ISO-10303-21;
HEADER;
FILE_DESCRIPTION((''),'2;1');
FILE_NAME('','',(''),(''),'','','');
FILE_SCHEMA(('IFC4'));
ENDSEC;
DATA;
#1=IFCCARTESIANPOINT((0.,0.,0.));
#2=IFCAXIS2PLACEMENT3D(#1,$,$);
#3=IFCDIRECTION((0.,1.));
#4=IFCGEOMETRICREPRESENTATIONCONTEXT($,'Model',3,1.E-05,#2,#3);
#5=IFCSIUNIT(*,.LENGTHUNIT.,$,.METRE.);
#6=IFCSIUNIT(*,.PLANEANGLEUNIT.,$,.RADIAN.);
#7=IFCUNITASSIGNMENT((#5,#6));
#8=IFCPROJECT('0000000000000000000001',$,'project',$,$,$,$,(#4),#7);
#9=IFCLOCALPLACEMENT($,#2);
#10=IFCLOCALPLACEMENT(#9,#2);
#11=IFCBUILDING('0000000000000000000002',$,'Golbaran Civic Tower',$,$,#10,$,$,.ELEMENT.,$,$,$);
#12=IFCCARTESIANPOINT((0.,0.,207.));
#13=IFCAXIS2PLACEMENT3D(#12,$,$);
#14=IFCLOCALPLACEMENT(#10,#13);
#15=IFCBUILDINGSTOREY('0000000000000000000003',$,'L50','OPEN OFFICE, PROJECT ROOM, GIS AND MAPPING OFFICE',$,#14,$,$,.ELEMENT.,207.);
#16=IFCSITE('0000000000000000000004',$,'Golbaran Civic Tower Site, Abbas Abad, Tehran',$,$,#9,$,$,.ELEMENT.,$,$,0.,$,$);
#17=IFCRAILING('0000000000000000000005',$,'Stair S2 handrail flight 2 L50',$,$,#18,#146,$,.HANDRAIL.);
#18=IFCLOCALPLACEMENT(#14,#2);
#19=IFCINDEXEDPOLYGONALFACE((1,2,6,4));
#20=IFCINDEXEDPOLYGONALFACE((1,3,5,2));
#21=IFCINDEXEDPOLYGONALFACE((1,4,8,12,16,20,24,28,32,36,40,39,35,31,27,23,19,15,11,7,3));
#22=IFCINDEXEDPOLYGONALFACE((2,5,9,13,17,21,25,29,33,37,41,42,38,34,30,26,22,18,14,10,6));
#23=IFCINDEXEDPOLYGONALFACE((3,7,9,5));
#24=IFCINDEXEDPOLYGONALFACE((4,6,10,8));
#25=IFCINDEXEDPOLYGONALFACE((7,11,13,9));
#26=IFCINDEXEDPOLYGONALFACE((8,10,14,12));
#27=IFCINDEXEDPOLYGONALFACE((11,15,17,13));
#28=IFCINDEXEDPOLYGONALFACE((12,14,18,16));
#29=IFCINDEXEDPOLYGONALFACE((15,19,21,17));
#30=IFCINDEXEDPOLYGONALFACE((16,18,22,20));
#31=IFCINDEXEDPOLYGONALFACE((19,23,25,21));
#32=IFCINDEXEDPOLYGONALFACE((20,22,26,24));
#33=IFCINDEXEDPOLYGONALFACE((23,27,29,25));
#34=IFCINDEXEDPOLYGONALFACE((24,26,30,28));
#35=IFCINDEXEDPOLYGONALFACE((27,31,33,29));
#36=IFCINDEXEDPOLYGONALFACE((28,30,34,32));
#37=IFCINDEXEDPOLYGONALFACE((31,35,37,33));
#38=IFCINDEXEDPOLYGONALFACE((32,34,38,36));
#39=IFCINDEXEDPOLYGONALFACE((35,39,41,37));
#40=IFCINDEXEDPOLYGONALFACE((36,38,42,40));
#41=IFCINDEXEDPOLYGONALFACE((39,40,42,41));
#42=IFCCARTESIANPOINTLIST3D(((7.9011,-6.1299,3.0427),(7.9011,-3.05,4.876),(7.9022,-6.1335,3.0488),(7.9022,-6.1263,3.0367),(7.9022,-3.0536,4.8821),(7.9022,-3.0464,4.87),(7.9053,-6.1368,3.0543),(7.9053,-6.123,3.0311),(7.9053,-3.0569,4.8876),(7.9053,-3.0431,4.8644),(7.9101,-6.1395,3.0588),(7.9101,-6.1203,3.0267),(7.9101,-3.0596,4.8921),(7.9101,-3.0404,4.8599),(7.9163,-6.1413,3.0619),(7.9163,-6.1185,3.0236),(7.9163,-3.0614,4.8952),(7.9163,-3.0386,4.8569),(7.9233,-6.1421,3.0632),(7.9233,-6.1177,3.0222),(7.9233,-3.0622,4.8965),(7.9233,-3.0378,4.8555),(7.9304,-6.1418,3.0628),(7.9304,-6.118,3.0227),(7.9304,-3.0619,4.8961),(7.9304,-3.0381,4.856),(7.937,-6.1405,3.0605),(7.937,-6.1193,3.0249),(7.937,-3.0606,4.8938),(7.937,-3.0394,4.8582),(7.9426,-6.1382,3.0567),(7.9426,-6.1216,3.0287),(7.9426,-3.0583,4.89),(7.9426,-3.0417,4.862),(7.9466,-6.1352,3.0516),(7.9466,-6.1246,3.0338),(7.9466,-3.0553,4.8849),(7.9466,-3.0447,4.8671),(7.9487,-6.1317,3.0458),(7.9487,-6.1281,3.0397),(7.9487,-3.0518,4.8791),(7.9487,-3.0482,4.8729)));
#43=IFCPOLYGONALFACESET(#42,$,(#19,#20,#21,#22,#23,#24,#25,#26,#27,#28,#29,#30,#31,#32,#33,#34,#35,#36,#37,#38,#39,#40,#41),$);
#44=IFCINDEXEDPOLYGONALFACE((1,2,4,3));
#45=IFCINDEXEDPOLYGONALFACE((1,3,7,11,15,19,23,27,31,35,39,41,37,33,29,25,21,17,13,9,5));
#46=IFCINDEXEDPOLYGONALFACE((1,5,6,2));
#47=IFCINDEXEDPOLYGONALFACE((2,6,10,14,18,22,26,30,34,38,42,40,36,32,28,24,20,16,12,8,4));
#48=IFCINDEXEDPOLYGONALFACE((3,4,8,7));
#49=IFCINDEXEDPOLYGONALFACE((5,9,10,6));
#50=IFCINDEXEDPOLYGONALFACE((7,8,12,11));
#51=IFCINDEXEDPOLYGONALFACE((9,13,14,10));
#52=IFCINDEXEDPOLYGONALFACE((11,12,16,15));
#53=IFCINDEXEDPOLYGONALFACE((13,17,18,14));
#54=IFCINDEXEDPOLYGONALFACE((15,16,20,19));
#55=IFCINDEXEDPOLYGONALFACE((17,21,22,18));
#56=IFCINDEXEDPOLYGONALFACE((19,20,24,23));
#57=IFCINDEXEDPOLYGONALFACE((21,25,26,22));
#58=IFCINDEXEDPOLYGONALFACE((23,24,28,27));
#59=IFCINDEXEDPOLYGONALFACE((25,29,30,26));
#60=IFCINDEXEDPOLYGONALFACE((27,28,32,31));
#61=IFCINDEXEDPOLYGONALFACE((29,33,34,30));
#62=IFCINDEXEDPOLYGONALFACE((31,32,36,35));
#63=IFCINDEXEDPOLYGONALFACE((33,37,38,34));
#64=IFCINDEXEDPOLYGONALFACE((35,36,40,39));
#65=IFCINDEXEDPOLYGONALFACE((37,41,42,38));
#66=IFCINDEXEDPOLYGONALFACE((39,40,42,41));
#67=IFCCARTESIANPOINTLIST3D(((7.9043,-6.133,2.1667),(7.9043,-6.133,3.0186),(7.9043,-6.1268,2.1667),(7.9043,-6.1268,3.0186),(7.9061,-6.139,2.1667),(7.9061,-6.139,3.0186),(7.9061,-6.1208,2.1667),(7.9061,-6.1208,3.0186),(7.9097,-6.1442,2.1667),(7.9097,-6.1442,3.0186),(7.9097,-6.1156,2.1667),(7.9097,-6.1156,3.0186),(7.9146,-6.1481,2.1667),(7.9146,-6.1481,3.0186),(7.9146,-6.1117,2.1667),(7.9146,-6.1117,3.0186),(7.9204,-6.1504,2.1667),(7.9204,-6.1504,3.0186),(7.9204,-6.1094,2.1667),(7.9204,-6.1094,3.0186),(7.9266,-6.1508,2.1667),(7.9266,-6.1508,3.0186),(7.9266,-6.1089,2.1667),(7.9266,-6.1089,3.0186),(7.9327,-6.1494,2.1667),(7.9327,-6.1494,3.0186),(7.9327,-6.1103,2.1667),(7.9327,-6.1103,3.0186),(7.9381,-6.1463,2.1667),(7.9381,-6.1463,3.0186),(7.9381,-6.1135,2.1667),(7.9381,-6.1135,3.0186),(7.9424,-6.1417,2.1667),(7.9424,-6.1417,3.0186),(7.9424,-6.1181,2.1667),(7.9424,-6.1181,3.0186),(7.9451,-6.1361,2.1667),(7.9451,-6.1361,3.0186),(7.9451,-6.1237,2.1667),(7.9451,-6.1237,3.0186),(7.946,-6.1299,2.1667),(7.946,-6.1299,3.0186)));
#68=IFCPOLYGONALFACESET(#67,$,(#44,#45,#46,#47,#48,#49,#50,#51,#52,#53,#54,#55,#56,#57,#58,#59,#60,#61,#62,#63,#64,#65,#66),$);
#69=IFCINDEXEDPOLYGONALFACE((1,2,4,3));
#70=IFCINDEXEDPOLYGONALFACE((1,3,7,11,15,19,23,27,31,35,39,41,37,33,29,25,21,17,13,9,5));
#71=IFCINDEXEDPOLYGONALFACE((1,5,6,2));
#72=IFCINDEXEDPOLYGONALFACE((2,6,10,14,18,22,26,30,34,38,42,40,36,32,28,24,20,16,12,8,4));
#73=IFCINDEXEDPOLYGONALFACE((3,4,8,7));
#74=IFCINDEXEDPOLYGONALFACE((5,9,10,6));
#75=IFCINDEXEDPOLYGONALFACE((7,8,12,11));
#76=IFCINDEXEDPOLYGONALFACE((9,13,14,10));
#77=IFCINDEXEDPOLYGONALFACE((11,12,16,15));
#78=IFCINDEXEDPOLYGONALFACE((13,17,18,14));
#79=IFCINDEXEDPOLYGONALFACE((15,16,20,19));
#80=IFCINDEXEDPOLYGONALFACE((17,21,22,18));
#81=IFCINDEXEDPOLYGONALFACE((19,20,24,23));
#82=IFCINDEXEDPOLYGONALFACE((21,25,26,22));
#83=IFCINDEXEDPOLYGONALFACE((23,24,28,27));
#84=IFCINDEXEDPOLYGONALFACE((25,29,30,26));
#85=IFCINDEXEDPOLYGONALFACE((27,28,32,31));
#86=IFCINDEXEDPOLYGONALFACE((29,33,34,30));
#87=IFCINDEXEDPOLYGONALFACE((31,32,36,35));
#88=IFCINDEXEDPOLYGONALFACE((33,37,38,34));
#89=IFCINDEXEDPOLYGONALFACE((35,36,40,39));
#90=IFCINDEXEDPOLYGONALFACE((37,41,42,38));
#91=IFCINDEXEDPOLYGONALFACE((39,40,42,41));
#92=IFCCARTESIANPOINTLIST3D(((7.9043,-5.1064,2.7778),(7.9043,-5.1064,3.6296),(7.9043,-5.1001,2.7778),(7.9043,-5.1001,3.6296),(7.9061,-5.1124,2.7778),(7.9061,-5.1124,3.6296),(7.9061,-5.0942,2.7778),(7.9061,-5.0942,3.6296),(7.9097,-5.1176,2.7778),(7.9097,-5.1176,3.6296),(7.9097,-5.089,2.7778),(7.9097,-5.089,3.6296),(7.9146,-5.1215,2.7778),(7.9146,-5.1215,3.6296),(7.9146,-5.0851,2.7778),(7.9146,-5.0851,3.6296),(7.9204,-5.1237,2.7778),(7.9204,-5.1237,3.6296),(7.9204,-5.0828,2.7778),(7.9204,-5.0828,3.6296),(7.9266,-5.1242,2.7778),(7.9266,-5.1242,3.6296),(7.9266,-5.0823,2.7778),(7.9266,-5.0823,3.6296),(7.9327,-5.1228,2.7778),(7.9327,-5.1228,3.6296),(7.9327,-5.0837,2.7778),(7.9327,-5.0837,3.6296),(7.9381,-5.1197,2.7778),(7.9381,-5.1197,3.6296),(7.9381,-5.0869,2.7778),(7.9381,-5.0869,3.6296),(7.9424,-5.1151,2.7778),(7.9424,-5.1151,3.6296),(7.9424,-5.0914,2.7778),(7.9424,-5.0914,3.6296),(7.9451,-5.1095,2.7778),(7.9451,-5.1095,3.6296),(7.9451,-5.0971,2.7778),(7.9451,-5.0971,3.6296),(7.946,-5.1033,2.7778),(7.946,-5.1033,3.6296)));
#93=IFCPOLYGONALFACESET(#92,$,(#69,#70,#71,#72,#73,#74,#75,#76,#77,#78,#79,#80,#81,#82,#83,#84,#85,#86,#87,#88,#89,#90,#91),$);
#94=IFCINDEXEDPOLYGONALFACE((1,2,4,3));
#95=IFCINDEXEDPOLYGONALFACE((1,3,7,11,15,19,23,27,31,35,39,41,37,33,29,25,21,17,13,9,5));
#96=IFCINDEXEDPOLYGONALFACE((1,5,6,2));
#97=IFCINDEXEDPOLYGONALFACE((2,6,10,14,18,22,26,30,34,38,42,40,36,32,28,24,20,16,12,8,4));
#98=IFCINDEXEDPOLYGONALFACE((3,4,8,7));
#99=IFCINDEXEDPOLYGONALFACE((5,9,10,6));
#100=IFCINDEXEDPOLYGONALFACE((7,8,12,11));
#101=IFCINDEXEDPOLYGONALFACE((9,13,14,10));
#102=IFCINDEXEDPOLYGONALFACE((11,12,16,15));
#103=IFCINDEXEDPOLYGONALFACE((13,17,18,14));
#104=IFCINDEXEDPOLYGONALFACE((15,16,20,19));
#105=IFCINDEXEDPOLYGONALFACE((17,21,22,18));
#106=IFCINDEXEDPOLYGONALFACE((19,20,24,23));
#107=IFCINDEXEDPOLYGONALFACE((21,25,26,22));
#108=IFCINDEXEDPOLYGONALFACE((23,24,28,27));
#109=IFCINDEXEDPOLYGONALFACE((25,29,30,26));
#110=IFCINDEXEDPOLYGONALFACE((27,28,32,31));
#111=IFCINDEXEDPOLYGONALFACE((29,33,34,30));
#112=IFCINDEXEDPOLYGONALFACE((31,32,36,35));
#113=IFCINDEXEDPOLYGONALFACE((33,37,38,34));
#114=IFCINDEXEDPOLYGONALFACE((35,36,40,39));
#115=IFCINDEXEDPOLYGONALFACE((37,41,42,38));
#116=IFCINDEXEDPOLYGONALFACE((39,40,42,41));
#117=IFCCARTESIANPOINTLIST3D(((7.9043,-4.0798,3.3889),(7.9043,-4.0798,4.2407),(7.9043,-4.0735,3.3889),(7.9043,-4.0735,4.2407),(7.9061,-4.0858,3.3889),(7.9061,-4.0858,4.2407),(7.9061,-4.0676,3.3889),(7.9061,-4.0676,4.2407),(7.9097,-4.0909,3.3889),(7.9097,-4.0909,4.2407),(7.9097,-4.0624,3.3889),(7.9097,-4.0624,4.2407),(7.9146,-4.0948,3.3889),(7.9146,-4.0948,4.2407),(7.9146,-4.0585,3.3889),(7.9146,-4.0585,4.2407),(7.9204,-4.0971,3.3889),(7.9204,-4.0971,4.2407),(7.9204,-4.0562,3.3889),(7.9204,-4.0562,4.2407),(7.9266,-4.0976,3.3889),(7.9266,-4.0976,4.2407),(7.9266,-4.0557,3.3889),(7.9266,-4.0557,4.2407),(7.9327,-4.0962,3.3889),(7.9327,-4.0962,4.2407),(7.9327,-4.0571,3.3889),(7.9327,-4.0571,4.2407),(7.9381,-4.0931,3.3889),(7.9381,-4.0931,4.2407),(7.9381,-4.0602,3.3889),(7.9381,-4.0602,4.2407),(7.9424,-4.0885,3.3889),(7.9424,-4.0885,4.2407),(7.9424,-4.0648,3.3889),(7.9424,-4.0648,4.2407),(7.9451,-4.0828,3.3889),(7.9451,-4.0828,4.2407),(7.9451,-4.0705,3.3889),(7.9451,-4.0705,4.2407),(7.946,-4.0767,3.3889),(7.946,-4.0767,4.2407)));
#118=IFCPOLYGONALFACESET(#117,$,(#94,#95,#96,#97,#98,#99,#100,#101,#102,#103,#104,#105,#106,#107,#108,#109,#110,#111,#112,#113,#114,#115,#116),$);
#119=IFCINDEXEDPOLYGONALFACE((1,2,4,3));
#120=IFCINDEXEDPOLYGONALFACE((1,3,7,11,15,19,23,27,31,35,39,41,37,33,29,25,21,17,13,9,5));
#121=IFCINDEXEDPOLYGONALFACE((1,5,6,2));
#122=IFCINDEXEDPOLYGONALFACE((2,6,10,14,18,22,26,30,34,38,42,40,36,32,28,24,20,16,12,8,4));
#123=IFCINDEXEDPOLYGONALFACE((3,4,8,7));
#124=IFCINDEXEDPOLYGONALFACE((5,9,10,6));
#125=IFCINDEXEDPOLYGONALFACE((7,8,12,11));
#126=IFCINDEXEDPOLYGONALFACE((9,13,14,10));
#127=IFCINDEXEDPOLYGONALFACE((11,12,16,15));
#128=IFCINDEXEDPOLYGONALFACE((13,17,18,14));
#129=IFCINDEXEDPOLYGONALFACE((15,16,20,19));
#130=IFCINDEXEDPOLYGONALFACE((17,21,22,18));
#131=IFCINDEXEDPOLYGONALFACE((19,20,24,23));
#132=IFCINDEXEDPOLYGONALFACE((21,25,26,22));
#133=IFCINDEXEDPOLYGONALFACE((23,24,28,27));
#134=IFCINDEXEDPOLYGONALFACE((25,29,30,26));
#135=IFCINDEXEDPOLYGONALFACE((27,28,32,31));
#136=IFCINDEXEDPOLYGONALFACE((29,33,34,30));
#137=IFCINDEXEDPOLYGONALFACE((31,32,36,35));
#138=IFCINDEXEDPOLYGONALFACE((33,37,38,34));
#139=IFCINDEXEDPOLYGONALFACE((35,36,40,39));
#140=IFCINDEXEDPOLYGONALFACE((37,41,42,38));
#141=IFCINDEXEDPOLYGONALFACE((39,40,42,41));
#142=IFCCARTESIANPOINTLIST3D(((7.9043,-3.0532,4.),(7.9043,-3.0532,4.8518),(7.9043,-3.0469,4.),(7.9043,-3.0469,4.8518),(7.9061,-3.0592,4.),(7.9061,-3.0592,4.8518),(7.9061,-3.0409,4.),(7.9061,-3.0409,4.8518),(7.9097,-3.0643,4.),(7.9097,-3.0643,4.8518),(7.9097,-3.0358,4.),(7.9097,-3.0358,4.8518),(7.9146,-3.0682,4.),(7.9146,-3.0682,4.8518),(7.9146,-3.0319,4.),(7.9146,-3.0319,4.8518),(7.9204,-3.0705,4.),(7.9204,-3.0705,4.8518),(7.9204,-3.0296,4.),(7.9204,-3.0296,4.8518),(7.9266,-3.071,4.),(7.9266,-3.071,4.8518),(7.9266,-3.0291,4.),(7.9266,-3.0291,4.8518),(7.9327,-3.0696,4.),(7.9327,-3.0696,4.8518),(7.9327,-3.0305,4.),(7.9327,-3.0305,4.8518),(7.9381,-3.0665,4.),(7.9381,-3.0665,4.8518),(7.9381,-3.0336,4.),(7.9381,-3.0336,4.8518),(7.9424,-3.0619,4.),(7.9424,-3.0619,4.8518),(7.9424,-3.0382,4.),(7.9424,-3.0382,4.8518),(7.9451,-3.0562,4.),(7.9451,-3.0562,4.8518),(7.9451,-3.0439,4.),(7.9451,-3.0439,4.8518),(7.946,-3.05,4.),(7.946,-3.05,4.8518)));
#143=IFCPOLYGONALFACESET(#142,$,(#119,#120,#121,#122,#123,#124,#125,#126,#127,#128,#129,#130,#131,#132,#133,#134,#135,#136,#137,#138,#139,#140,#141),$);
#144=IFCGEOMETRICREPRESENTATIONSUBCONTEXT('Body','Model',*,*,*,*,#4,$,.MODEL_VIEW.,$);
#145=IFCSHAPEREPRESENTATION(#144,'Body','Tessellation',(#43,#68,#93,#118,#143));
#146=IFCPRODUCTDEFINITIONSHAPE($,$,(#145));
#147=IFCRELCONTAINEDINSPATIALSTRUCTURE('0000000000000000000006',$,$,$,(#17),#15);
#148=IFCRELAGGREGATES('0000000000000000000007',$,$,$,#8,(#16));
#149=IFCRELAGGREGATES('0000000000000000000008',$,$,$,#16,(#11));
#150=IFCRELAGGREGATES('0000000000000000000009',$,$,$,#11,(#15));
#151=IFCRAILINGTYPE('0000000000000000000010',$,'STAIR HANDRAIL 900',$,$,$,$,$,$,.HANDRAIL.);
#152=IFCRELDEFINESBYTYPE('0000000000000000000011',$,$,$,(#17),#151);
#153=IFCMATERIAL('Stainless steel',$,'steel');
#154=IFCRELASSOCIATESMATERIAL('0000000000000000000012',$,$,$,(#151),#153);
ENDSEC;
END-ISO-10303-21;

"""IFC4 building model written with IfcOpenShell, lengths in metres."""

from ifc_helpers import new_model, si_unit, direction, frame, origin, origin_2d, place, context, subcontext, project, spatial, circle, extrude, material, type_object, element, save


model = new_model("IFC4")

# Units and contexts
model_context = context("Model", 3, precision=1e-05, world=origin(), true_north=direction((0.0, 1.0)))
body_context = subcontext(model_context, "Body", "Model", "MODEL_VIEW")
ifc_project = project(units=[si_unit("LENGTHUNIT", "METRE"), si_unit("PLANEANGLEUNIT", "RADIAN")], contexts=[model_context])

# Site, building, storey
site_placement = place(None, origin())
site = spatial("IfcSite", under=ifc_project, at=site_placement, Name="Golbaran Civic Tower Site, Abbas Abad, Tehran", CompositionType="ELEMENT", RefElevation=0.0)
building_placement = place(site_placement, origin())
building = spatial("IfcBuilding", under=site, at=building_placement, Name="Golbaran Civic Tower", CompositionType="ELEMENT")
storey_placement = place(building_placement, frame((0.0, 0.0, 207.0)))
storey = spatial("IfcBuildingStorey", under=building, at=storey_placement, Name="L50", Description="OPEN OFFICE, PROJECT ROOM, GIS AND MAPPING OFFICE", CompositionType="ELEMENT", Elevation=207.0)

# Railing
ifc_material_1 = material(Name="Stainless steel", Category="steel")
railing_type = type_object("IfcRailingType", Name="STAIR HANDRAIL 900", PredefinedType="HANDRAIL", material=ifc_material_1)
railing_1_placement = place(storey_placement, frame((7.925, -6.1299, 2.1667)))
element("IfcRailing", 1, at=railing_1_placement, inside=storey, type_object=railing_type, Name="Stair S2 handrail flight 2 L50", PredefinedType="HANDRAIL", context=body_context, shape_type="SweptSolid", body=[
    extrude(circle(Radius=0.0239, at=origin_2d()), frame((0.0, 0.0, 0.876), z_axis=(0.0, 0.859291, 0.511487), x_axis=(-1.0, 0.0, 0.0)), (0.0, 0.0, 1.0), 3.5842),
    extrude(circle(Radius=0.021, at=origin_2d()), origin(), (0.0, 0.0, 1.0), 0.8518),
    extrude(circle(Radius=0.021, at=origin_2d()), frame((0.0, 1.0266, 0.6111)), (0.0, 0.0, 1.0), 0.8518),
    extrude(circle(Radius=0.021, at=origin_2d()), frame((0.0, 2.0532, 1.2222)), (0.0, 0.0, 1.0), 0.8518),
    extrude(circle(Radius=0.021, at=origin_2d()), frame((0.0, 3.0798, 1.8333)), (0.0, 0.0, 1.0), 0.8518),
])

save(model, "model.ifc")
